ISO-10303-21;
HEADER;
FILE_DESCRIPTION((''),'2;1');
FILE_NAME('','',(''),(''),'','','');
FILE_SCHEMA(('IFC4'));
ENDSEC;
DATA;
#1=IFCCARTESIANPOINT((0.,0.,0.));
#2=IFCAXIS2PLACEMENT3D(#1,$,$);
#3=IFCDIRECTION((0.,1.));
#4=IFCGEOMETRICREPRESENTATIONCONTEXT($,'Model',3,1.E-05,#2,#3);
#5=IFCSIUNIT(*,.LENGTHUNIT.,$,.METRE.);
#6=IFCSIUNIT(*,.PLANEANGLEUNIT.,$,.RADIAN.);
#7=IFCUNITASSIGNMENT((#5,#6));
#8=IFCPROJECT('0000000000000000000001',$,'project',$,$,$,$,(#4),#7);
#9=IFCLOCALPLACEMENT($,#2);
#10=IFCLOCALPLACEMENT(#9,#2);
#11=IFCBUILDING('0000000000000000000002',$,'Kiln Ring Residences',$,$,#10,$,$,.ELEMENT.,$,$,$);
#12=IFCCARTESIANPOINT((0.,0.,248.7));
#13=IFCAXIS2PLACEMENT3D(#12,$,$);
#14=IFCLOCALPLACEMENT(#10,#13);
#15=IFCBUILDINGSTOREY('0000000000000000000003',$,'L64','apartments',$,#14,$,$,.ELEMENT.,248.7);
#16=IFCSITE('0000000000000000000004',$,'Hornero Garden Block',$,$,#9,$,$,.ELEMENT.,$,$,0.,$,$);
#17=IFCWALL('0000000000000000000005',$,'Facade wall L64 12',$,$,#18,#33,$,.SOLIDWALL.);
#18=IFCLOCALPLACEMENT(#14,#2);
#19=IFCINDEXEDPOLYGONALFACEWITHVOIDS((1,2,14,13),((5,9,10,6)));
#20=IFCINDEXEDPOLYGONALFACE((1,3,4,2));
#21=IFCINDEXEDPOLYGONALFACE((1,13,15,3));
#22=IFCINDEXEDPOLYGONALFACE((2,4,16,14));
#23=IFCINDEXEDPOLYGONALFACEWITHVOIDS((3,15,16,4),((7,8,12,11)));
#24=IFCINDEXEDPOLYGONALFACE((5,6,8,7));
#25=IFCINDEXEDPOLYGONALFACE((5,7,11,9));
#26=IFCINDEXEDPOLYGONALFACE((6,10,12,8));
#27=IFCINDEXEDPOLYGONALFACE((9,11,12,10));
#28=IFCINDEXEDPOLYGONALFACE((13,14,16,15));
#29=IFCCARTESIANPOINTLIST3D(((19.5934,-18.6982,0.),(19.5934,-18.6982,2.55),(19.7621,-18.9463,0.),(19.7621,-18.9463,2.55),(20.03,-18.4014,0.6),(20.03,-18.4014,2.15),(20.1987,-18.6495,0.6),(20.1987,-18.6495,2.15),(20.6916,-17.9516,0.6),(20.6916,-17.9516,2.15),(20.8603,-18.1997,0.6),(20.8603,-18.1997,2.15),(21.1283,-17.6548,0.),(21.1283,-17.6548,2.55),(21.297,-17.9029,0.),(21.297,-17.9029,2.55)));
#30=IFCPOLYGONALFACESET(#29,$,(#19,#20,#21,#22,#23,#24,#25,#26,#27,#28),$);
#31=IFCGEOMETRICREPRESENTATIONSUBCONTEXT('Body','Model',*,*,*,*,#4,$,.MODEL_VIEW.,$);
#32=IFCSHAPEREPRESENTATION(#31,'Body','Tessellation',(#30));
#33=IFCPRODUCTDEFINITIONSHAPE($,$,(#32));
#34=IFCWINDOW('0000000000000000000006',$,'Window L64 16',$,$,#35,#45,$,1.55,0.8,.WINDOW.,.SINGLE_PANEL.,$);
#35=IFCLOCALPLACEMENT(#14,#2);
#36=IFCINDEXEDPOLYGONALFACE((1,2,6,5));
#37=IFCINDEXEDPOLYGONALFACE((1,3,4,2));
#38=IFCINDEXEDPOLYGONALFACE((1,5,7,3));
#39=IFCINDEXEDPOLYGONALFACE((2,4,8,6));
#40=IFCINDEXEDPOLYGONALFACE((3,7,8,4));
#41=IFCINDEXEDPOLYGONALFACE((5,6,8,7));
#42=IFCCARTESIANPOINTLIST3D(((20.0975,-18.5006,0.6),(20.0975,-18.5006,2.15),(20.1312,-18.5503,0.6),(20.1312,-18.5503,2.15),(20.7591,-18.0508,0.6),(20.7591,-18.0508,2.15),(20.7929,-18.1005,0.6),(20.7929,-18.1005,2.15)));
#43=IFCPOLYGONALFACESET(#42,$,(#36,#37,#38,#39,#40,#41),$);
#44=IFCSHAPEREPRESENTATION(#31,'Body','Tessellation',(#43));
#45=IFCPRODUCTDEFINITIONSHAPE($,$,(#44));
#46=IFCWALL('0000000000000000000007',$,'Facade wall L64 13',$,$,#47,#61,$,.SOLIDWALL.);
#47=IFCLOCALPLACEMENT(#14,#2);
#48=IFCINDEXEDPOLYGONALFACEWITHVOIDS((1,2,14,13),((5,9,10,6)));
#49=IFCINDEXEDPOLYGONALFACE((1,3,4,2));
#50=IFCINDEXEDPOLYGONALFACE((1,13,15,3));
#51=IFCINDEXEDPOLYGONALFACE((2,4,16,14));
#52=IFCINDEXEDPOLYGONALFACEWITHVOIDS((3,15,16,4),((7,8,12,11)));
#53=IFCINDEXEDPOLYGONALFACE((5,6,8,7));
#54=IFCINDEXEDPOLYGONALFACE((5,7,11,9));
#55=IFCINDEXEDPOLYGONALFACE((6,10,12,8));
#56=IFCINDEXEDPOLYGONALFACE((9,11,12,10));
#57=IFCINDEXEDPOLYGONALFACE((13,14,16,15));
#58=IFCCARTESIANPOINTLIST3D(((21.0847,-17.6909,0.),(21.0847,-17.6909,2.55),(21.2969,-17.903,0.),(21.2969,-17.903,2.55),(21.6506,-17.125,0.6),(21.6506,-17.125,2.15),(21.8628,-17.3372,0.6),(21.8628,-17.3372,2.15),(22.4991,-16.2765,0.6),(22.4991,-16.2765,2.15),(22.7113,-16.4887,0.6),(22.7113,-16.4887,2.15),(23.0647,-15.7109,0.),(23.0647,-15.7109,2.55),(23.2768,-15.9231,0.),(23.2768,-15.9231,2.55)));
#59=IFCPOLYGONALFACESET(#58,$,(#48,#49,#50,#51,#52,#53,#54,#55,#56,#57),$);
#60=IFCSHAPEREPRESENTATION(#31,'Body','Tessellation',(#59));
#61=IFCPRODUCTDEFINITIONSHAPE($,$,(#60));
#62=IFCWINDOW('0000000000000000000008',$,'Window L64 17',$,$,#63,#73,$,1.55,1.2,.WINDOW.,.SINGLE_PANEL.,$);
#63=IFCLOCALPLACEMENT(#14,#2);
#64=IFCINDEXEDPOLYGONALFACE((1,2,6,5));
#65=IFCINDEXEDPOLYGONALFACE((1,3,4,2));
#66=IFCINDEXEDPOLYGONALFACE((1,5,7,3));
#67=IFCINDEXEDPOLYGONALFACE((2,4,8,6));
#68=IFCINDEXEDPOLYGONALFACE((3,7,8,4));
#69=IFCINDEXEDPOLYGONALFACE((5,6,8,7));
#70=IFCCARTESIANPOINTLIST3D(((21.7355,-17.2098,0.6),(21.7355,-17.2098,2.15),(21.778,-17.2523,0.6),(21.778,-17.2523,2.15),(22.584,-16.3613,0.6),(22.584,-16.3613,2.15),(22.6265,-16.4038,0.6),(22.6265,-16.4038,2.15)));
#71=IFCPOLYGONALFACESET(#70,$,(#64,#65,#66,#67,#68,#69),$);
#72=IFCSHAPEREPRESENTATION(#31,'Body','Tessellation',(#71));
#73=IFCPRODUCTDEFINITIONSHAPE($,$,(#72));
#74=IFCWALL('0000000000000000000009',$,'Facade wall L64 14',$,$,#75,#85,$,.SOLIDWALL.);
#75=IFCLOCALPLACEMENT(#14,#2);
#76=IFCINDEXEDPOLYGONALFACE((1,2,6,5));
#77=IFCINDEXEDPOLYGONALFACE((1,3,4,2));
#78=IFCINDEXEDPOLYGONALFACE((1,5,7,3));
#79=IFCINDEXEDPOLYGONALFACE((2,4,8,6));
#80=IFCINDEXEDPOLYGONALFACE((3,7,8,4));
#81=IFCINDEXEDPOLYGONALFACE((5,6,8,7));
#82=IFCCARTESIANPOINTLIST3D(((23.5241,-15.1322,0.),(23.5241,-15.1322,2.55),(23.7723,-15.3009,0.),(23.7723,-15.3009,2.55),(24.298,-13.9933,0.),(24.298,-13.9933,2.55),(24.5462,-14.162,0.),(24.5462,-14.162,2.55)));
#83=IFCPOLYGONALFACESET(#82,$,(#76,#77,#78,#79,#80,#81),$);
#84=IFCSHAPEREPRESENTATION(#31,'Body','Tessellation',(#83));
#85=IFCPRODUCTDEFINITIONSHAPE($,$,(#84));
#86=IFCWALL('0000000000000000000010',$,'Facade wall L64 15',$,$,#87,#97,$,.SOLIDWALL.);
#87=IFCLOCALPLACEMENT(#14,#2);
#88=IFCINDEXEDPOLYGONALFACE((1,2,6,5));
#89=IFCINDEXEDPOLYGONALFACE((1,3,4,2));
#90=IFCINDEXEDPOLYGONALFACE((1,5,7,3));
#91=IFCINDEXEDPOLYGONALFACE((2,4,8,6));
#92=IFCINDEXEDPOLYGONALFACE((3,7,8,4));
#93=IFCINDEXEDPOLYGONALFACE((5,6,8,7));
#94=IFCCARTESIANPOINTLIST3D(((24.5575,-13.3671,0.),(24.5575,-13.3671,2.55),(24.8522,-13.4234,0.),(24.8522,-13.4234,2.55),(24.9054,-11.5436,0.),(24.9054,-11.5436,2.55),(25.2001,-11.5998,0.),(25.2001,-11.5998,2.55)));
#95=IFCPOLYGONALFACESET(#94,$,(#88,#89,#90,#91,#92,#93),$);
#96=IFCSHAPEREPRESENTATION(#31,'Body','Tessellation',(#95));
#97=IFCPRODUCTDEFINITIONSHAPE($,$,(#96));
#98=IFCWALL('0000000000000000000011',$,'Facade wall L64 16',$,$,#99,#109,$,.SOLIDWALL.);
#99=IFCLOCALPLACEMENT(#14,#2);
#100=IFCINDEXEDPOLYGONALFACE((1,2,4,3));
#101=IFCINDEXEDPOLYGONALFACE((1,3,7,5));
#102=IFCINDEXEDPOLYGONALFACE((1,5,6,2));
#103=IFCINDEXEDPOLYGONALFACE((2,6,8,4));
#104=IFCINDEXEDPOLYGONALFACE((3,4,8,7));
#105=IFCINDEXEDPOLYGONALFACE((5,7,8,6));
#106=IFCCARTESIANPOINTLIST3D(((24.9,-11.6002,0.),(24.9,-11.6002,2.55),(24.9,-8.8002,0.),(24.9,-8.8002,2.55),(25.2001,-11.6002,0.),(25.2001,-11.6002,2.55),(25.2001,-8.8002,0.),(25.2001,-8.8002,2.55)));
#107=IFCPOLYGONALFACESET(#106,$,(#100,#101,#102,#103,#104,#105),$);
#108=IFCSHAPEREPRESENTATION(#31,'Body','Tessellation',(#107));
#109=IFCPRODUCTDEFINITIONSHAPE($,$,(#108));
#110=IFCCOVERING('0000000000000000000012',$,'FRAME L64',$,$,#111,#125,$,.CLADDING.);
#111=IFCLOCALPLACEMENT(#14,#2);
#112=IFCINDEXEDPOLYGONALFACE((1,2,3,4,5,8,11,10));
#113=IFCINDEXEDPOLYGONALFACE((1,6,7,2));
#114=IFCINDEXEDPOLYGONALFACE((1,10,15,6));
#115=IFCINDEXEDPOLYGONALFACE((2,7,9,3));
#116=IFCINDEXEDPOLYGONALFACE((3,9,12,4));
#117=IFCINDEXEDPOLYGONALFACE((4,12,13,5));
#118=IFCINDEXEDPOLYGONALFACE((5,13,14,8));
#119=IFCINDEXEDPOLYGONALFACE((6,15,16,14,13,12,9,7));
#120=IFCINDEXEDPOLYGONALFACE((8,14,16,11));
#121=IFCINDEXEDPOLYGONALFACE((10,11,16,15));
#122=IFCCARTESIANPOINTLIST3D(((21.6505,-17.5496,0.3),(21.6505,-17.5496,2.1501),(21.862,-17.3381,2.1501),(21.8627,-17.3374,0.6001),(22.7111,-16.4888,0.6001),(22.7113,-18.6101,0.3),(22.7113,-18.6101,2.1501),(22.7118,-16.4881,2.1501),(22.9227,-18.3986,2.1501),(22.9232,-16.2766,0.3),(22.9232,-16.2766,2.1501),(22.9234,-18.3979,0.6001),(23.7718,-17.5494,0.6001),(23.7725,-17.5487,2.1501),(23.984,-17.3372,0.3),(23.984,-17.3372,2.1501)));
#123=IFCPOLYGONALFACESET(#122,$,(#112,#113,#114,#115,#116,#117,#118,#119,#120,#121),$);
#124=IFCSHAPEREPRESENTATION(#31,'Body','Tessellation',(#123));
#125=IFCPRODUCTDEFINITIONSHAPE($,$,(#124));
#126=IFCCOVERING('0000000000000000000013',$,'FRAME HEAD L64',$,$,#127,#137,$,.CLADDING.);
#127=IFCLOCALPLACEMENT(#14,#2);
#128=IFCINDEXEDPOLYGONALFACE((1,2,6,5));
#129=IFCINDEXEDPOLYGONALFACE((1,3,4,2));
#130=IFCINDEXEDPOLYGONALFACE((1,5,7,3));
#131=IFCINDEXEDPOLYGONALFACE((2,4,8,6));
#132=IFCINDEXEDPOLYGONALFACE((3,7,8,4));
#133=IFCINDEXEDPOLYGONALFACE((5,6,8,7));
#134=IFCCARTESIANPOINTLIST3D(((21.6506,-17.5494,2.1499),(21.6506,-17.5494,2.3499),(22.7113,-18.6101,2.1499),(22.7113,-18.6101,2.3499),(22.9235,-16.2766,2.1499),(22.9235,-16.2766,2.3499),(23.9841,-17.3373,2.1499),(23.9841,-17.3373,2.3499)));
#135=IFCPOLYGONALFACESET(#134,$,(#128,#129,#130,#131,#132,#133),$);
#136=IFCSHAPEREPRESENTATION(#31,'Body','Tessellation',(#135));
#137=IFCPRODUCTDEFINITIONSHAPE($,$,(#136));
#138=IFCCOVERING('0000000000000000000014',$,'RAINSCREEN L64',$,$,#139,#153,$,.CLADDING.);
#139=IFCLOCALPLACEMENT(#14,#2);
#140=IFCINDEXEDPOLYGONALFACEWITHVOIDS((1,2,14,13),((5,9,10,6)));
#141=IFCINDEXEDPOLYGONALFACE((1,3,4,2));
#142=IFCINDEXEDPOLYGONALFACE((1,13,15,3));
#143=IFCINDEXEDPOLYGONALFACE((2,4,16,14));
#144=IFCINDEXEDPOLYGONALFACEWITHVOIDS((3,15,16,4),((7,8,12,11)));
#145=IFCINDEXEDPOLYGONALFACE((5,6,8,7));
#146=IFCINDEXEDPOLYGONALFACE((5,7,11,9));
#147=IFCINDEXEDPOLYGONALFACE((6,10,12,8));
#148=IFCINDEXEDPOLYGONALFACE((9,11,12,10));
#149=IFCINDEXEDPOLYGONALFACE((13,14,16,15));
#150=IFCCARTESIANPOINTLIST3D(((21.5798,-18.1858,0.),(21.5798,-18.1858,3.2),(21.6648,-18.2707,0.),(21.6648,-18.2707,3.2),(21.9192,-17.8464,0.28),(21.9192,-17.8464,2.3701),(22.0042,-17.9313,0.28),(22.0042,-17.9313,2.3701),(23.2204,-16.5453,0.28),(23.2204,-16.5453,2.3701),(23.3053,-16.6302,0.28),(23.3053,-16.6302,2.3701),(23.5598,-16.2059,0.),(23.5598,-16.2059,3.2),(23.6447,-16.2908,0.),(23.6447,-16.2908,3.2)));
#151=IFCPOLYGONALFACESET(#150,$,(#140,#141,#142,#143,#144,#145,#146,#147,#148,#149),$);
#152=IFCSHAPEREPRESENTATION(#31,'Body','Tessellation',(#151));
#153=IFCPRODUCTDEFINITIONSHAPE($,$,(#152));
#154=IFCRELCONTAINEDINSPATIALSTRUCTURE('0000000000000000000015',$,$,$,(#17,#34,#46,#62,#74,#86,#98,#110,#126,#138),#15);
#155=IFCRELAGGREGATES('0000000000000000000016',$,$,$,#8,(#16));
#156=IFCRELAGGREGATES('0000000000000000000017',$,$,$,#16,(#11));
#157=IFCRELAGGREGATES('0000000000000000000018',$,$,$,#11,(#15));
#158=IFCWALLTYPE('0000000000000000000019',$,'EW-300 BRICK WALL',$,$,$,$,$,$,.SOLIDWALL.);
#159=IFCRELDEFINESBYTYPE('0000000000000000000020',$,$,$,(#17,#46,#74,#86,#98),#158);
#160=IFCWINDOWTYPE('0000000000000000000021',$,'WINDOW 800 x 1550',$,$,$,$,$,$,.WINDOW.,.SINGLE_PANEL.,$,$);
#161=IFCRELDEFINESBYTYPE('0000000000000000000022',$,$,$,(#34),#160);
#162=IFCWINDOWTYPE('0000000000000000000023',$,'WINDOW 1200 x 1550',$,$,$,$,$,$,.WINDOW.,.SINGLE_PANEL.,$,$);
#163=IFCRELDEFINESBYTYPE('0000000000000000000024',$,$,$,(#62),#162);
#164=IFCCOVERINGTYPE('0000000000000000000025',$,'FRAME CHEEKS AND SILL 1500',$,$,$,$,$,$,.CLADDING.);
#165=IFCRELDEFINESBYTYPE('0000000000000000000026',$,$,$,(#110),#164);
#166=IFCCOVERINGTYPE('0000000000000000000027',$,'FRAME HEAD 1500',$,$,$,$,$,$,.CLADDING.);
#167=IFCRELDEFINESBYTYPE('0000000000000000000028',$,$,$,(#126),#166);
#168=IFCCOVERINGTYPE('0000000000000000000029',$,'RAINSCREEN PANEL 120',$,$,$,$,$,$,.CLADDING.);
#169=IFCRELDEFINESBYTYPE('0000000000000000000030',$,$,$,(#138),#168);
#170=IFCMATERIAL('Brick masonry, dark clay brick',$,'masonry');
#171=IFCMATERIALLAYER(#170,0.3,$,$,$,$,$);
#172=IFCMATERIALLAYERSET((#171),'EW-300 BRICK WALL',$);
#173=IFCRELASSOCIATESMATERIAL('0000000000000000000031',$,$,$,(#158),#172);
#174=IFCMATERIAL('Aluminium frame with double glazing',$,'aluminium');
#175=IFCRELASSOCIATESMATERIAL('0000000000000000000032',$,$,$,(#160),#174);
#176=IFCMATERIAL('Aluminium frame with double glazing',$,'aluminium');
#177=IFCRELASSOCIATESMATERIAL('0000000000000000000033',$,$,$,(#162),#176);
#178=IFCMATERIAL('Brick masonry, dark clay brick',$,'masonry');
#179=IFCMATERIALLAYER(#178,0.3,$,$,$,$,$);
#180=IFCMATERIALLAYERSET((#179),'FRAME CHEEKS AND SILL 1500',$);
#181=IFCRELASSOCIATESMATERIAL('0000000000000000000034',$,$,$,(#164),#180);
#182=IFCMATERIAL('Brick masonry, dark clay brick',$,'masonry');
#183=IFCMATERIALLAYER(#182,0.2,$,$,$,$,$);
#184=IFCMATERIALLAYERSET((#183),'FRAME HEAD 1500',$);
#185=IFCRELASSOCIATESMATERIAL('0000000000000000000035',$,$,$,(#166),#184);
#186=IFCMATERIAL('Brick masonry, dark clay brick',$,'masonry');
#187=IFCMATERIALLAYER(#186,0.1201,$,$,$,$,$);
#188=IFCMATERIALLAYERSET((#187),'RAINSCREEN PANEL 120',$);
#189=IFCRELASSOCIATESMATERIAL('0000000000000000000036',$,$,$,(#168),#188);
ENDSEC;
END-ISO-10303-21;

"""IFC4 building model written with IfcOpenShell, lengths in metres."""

from ifc_helpers import new_model, si_unit, direction, frame, frame_2d, origin, origin_2d, place, context, subcontext, project, spatial, polyline, rectangle, outline, extrude, material, layer, layer_set, type_object, element, fill, save


model = new_model("IFC4")

# Units and contexts
model_context = context("Model", 3, precision=1e-05, world=origin(), true_north=direction((0.0, 1.0)))
body_context = subcontext(model_context, "Body", "Model", "MODEL_VIEW")
ifc_project = project(units=[si_unit("LENGTHUNIT", "METRE"), si_unit("PLANEANGLEUNIT", "RADIAN")], contexts=[model_context])

# Site, building, storey
site_placement = place(None, origin())
site = spatial("IfcSite", under=ifc_project, at=site_placement, Name="Hornero Garden Block", CompositionType="ELEMENT", RefElevation=0.0)
building_placement = place(site_placement, origin())
building = spatial("IfcBuilding", under=site, at=building_placement, Name="Kiln Ring Residences", CompositionType="ELEMENT")
storey_placement = place(building_placement, frame((0.0, 0.0, 248.7)))
storey = spatial("IfcBuildingStorey", under=building, at=storey_placement, Name="L64", Description="apartments", CompositionType="ELEMENT", Elevation=248.7)

# Walls, openings, windows
ifc_material_1 = material(Name="Brick masonry, dark clay brick", Category="masonry")
ifc_layer_1 = layer(ifc_material_1, 0.3)
ifc_layer_set_1 = layer_set([ifc_layer_1], Name="EW-300 BRICK WALL")
wall_type_1 = type_object("IfcWallType", Name="EW-300 BRICK WALL", PredefinedType="SOLIDWALL", material=ifc_layer_set_1)
wall_1_placement = place(storey_placement, frame((19.6777, -18.8223, 0.0), z_axis=(0.0, 0.0, 1.0), x_axis=(0.826997, 0.562206, 0.0)))
wall_1 = element("IfcWall", 1, at=wall_1_placement, inside=storey, type_object=wall_type_1, Name="Facade wall L64 12", PredefinedType="SOLIDWALL", context=body_context, shape_type="SweptSolid", body=[
    extrude(rectangle(XDim=1.856, YDim=0.3, at=frame_2d((0.928, 0.0))), origin(), (0.0, 0.0, 1.0), 2.55),
])
opening_1_placement = place(wall_1_placement, frame((0.5281, 0.0, 0.6001)))
opening_1 = element("IfcOpeningElement", 2, at=opening_1_placement, cuts=wall_1, PredefinedType="OPENING", context=body_context, shape_type="SweptSolid", body=[
    extrude(rectangle(XDim=0.8, YDim=1.55, at=frame_2d((0.3999, 0.7749))), frame((0.0, 0.1599, 0.0), z_axis=(0.0, -1.0, 0.0), x_axis=(1.0, 0.0, 0.0)), (0.0, 0.0, 1.0), 0.3201),
])
ifc_material_2 = material(Name="Aluminium frame with double glazing", Category="aluminium")
window_type_1 = type_object("IfcWindowType", Name="WINDOW 800 x 1550", PartitioningType="SINGLE_PANEL", PredefinedType="WINDOW", material=ifc_material_2)
window_1_placement = place(opening_1_placement, origin())
window_1 = element("IfcWindow", 3, at=window_1_placement, inside=storey, type_object=window_type_1, Name="Window L64 16", OverallHeight=1.55, OverallWidth=0.8, PartitioningType="SINGLE_PANEL", PredefinedType="WINDOW", context=body_context, shape_type="SweptSolid", body=[
    extrude(rectangle(XDim=0.8, YDim=1.55, at=frame_2d((0.3999, 0.7749))), frame((0.0, 0.03, 0.0), z_axis=(0.0, -1.0, 0.0), x_axis=(1.0, 0.0, 0.0)), (0.0, 0.0, 1.0), 0.0601),
])
fill(opening_1, window_1)
wall_2_placement = place(storey_placement, frame((21.1909, -17.7969, 0.0), z_axis=(0.0, 0.0, 1.0), x_axis=(0.707107, 0.707107, 0.0)))
wall_2 = element("IfcWall", 4, at=wall_2_placement, inside=storey, type_object=wall_type_1, Name="Facade wall L64 13", PredefinedType="SOLIDWALL", context=body_context, shape_type="SweptSolid", body=[
    extrude(rectangle(XDim=2.8, YDim=0.3, at=frame_2d((1.3999, 0.0))), origin(), (0.0, 0.0, 1.0), 2.55),
])
opening_2_placement = place(wall_2_placement, frame((0.8, 0.0, 0.6001)))
opening_2 = element("IfcOpeningElement", 5, at=opening_2_placement, cuts=wall_2, PredefinedType="OPENING", context=body_context, shape_type="SweptSolid", body=[
    extrude(rectangle(XDim=1.2, YDim=1.55, at=frame_2d((0.6001, 0.7749))), frame((0.0, 0.1599, 0.0), z_axis=(0.0, -1.0, 0.0), x_axis=(1.0, 0.0, 0.0)), (0.0, 0.0, 1.0), 0.3201),
])
ifc_material_3 = material(Name="Aluminium frame with double glazing", Category="aluminium")
window_type_2 = type_object("IfcWindowType", Name="WINDOW 1200 x 1550", PartitioningType="SINGLE_PANEL", PredefinedType="WINDOW", material=ifc_material_3)
window_2_placement = place(opening_2_placement, origin())
window_2 = element("IfcWindow", 6, at=window_2_placement, inside=storey, type_object=window_type_2, Name="Window L64 17", OverallHeight=1.55, OverallWidth=1.2, PartitioningType="SINGLE_PANEL", PredefinedType="WINDOW", context=body_context, shape_type="SweptSolid", body=[
    extrude(rectangle(XDim=1.2, YDim=1.55, at=frame_2d((0.6001, 0.7749))), frame((0.0, 0.03, 0.0), z_axis=(0.0, -1.0, 0.0), x_axis=(1.0, 0.0, 0.0)), (0.0, 0.0, 1.0), 0.0601),
])
fill(opening_2, window_2)

# Walls
wall_3_placement = place(storey_placement, frame((23.6482, -15.2166, 0.0), z_axis=(0.0, 0.0, 1.0), x_axis=(0.562043, 0.827108, 0.0)))
element("IfcWall", 7, at=wall_3_placement, inside=storey, type_object=wall_type_1, Name="Facade wall L64 14", PredefinedType="SOLIDWALL", context=body_context, shape_type="SweptSolid", body=[
    extrude(rectangle(XDim=1.377, YDim=0.3, at=frame_2d((0.6885, 0.0))), origin(), (0.0, 0.0, 1.0), 2.55),
])
wall_4_placement = place(storey_placement, frame((24.7048, -13.3953, 0.0), z_axis=(0.0, 0.0, 1.0), x_axis=(0.187408, 0.982282, 0.0)))
element("IfcWall", 8, at=wall_4_placement, inside=storey, type_object=wall_type_1, Name="Facade wall L64 15", PredefinedType="SOLIDWALL", context=body_context, shape_type="SweptSolid", body=[
    extrude(rectangle(XDim=1.8564, YDim=0.3, at=frame_2d((0.9282, 0.0))), origin(), (0.0, 0.0, 1.0), 2.55),
])
wall_5_placement = place(storey_placement, frame((25.05, -11.6001, 0.0), z_axis=(0.0, 0.0, 1.0), x_axis=(0.0, 1.0, 0.0)))
element("IfcWall", 9, at=wall_5_placement, inside=storey, type_object=wall_type_1, Name="Facade wall L64 16", PredefinedType="SOLIDWALL", context=body_context, shape_type="SweptSolid", body=[
    extrude(rectangle(XDim=2.8, YDim=0.3, at=frame_2d((1.3999, 0.0))), origin(), (0.0, 0.0, 1.0), 2.55),
])

# Coverings
ifc_material_4 = material(Name="Brick masonry, dark clay brick", Category="masonry")
ifc_layer_2 = layer(ifc_material_4, 0.3)
ifc_layer_set_2 = layer_set([ifc_layer_2], Name="FRAME CHEEKS AND SILL 1500")
covering_type_1 = type_object("IfcCoveringType", Name="FRAME CHEEKS AND SILL 1500", PredefinedType="CLADDING", material=ifc_layer_set_2)
covering_1_placement = place(storey_placement, frame((22.1809, -18.0798, 0.3), z_axis=(0.0, 0.0, 1.0), x_axis=(0.707039, 0.707175, 0.0)))
element("IfcCovering", 10, at=covering_1_placement, inside=storey, type_object=covering_type_1, Name="FRAME L64", PredefinedType="CLADDING", context=body_context, shape_type="SweptSolid", body=[
    extrude(outline(polyline([(0.0, 0.0), (1.8, 0.0), (1.8, 1.8501), (1.501, 1.8501), (1.5, 0.3), (0.3, 0.3), (0.2991, 1.8501), (0.0, 1.8501), (0.0, 0.0)])), frame((0.0, 0.75, 0.0), z_axis=(0.0, -1.0, 0.0), x_axis=(1.0, 0.0, 0.0)), (0.0, 0.0, 1.0), 1.5),
])
ifc_material_5 = material(Name="Brick masonry, dark clay brick", Category="masonry")
ifc_layer_3 = layer(ifc_material_5, 0.2)
ifc_layer_set_3 = layer_set([ifc_layer_3], Name="FRAME HEAD 1500")
covering_type_2 = type_object("IfcCoveringType", Name="FRAME HEAD 1500", PredefinedType="CLADDING", material=ifc_layer_set_3)
covering_2_placement = place(storey_placement, frame((22.8174, -17.4434, 2.1499), z_axis=(0.0, 0.0, 1.0), x_axis=(0.707107, 0.707107, 0.0)))
element("IfcCovering", 11, at=covering_2_placement, inside=storey, type_object=covering_type_2, Name="FRAME HEAD L64", PredefinedType="CLADDING", context=body_context, shape_type="SweptSolid", body=[
    extrude(rectangle(XDim=1.8, YDim=1.5, at=origin_2d()), origin(), (0.0, 0.0, 1.0), 0.2),
])
ifc_material_6 = material(Name="Brick masonry, dark clay brick", Category="masonry")
ifc_layer_4 = layer(ifc_material_6, 0.1201)
ifc_layer_set_4 = layer_set([ifc_layer_4], Name="RAINSCREEN PANEL 120")
covering_type_3 = type_object("IfcCoveringType", Name="RAINSCREEN PANEL 120", PredefinedType="CLADDING", material=ifc_layer_set_4)
covering_3_placement = place(storey_placement, frame((21.6223, -18.2283, 0.0), z_axis=(0.0, 0.0, 1.0), x_axis=(0.707107, 0.707107, 0.0)))
element("IfcCovering", 12, at=covering_3_placement, inside=storey, type_object=covering_type_3, Name="RAINSCREEN L64", PredefinedType="CLADDING", context=body_context, shape_type="SweptSolid", body=[
    extrude(outline(polyline([(0.0, 0.0), (2.8, 0.0), (2.8, 3.2), (0.0, 3.2), (0.0, 0.0)]), holes=[polyline([(0.48, 2.3701), (0.48, 0.28), (2.3201, 0.28), (2.3201, 2.3701), (0.48, 2.3701)])]), frame((0.0, 0.0601, 0.0), z_axis=(0.0, -1.0, 0.0), x_axis=(1.0, 0.0, 0.0)), (0.0, 0.0, 1.0), 0.1201),
])

save(model, "model.ifc")
